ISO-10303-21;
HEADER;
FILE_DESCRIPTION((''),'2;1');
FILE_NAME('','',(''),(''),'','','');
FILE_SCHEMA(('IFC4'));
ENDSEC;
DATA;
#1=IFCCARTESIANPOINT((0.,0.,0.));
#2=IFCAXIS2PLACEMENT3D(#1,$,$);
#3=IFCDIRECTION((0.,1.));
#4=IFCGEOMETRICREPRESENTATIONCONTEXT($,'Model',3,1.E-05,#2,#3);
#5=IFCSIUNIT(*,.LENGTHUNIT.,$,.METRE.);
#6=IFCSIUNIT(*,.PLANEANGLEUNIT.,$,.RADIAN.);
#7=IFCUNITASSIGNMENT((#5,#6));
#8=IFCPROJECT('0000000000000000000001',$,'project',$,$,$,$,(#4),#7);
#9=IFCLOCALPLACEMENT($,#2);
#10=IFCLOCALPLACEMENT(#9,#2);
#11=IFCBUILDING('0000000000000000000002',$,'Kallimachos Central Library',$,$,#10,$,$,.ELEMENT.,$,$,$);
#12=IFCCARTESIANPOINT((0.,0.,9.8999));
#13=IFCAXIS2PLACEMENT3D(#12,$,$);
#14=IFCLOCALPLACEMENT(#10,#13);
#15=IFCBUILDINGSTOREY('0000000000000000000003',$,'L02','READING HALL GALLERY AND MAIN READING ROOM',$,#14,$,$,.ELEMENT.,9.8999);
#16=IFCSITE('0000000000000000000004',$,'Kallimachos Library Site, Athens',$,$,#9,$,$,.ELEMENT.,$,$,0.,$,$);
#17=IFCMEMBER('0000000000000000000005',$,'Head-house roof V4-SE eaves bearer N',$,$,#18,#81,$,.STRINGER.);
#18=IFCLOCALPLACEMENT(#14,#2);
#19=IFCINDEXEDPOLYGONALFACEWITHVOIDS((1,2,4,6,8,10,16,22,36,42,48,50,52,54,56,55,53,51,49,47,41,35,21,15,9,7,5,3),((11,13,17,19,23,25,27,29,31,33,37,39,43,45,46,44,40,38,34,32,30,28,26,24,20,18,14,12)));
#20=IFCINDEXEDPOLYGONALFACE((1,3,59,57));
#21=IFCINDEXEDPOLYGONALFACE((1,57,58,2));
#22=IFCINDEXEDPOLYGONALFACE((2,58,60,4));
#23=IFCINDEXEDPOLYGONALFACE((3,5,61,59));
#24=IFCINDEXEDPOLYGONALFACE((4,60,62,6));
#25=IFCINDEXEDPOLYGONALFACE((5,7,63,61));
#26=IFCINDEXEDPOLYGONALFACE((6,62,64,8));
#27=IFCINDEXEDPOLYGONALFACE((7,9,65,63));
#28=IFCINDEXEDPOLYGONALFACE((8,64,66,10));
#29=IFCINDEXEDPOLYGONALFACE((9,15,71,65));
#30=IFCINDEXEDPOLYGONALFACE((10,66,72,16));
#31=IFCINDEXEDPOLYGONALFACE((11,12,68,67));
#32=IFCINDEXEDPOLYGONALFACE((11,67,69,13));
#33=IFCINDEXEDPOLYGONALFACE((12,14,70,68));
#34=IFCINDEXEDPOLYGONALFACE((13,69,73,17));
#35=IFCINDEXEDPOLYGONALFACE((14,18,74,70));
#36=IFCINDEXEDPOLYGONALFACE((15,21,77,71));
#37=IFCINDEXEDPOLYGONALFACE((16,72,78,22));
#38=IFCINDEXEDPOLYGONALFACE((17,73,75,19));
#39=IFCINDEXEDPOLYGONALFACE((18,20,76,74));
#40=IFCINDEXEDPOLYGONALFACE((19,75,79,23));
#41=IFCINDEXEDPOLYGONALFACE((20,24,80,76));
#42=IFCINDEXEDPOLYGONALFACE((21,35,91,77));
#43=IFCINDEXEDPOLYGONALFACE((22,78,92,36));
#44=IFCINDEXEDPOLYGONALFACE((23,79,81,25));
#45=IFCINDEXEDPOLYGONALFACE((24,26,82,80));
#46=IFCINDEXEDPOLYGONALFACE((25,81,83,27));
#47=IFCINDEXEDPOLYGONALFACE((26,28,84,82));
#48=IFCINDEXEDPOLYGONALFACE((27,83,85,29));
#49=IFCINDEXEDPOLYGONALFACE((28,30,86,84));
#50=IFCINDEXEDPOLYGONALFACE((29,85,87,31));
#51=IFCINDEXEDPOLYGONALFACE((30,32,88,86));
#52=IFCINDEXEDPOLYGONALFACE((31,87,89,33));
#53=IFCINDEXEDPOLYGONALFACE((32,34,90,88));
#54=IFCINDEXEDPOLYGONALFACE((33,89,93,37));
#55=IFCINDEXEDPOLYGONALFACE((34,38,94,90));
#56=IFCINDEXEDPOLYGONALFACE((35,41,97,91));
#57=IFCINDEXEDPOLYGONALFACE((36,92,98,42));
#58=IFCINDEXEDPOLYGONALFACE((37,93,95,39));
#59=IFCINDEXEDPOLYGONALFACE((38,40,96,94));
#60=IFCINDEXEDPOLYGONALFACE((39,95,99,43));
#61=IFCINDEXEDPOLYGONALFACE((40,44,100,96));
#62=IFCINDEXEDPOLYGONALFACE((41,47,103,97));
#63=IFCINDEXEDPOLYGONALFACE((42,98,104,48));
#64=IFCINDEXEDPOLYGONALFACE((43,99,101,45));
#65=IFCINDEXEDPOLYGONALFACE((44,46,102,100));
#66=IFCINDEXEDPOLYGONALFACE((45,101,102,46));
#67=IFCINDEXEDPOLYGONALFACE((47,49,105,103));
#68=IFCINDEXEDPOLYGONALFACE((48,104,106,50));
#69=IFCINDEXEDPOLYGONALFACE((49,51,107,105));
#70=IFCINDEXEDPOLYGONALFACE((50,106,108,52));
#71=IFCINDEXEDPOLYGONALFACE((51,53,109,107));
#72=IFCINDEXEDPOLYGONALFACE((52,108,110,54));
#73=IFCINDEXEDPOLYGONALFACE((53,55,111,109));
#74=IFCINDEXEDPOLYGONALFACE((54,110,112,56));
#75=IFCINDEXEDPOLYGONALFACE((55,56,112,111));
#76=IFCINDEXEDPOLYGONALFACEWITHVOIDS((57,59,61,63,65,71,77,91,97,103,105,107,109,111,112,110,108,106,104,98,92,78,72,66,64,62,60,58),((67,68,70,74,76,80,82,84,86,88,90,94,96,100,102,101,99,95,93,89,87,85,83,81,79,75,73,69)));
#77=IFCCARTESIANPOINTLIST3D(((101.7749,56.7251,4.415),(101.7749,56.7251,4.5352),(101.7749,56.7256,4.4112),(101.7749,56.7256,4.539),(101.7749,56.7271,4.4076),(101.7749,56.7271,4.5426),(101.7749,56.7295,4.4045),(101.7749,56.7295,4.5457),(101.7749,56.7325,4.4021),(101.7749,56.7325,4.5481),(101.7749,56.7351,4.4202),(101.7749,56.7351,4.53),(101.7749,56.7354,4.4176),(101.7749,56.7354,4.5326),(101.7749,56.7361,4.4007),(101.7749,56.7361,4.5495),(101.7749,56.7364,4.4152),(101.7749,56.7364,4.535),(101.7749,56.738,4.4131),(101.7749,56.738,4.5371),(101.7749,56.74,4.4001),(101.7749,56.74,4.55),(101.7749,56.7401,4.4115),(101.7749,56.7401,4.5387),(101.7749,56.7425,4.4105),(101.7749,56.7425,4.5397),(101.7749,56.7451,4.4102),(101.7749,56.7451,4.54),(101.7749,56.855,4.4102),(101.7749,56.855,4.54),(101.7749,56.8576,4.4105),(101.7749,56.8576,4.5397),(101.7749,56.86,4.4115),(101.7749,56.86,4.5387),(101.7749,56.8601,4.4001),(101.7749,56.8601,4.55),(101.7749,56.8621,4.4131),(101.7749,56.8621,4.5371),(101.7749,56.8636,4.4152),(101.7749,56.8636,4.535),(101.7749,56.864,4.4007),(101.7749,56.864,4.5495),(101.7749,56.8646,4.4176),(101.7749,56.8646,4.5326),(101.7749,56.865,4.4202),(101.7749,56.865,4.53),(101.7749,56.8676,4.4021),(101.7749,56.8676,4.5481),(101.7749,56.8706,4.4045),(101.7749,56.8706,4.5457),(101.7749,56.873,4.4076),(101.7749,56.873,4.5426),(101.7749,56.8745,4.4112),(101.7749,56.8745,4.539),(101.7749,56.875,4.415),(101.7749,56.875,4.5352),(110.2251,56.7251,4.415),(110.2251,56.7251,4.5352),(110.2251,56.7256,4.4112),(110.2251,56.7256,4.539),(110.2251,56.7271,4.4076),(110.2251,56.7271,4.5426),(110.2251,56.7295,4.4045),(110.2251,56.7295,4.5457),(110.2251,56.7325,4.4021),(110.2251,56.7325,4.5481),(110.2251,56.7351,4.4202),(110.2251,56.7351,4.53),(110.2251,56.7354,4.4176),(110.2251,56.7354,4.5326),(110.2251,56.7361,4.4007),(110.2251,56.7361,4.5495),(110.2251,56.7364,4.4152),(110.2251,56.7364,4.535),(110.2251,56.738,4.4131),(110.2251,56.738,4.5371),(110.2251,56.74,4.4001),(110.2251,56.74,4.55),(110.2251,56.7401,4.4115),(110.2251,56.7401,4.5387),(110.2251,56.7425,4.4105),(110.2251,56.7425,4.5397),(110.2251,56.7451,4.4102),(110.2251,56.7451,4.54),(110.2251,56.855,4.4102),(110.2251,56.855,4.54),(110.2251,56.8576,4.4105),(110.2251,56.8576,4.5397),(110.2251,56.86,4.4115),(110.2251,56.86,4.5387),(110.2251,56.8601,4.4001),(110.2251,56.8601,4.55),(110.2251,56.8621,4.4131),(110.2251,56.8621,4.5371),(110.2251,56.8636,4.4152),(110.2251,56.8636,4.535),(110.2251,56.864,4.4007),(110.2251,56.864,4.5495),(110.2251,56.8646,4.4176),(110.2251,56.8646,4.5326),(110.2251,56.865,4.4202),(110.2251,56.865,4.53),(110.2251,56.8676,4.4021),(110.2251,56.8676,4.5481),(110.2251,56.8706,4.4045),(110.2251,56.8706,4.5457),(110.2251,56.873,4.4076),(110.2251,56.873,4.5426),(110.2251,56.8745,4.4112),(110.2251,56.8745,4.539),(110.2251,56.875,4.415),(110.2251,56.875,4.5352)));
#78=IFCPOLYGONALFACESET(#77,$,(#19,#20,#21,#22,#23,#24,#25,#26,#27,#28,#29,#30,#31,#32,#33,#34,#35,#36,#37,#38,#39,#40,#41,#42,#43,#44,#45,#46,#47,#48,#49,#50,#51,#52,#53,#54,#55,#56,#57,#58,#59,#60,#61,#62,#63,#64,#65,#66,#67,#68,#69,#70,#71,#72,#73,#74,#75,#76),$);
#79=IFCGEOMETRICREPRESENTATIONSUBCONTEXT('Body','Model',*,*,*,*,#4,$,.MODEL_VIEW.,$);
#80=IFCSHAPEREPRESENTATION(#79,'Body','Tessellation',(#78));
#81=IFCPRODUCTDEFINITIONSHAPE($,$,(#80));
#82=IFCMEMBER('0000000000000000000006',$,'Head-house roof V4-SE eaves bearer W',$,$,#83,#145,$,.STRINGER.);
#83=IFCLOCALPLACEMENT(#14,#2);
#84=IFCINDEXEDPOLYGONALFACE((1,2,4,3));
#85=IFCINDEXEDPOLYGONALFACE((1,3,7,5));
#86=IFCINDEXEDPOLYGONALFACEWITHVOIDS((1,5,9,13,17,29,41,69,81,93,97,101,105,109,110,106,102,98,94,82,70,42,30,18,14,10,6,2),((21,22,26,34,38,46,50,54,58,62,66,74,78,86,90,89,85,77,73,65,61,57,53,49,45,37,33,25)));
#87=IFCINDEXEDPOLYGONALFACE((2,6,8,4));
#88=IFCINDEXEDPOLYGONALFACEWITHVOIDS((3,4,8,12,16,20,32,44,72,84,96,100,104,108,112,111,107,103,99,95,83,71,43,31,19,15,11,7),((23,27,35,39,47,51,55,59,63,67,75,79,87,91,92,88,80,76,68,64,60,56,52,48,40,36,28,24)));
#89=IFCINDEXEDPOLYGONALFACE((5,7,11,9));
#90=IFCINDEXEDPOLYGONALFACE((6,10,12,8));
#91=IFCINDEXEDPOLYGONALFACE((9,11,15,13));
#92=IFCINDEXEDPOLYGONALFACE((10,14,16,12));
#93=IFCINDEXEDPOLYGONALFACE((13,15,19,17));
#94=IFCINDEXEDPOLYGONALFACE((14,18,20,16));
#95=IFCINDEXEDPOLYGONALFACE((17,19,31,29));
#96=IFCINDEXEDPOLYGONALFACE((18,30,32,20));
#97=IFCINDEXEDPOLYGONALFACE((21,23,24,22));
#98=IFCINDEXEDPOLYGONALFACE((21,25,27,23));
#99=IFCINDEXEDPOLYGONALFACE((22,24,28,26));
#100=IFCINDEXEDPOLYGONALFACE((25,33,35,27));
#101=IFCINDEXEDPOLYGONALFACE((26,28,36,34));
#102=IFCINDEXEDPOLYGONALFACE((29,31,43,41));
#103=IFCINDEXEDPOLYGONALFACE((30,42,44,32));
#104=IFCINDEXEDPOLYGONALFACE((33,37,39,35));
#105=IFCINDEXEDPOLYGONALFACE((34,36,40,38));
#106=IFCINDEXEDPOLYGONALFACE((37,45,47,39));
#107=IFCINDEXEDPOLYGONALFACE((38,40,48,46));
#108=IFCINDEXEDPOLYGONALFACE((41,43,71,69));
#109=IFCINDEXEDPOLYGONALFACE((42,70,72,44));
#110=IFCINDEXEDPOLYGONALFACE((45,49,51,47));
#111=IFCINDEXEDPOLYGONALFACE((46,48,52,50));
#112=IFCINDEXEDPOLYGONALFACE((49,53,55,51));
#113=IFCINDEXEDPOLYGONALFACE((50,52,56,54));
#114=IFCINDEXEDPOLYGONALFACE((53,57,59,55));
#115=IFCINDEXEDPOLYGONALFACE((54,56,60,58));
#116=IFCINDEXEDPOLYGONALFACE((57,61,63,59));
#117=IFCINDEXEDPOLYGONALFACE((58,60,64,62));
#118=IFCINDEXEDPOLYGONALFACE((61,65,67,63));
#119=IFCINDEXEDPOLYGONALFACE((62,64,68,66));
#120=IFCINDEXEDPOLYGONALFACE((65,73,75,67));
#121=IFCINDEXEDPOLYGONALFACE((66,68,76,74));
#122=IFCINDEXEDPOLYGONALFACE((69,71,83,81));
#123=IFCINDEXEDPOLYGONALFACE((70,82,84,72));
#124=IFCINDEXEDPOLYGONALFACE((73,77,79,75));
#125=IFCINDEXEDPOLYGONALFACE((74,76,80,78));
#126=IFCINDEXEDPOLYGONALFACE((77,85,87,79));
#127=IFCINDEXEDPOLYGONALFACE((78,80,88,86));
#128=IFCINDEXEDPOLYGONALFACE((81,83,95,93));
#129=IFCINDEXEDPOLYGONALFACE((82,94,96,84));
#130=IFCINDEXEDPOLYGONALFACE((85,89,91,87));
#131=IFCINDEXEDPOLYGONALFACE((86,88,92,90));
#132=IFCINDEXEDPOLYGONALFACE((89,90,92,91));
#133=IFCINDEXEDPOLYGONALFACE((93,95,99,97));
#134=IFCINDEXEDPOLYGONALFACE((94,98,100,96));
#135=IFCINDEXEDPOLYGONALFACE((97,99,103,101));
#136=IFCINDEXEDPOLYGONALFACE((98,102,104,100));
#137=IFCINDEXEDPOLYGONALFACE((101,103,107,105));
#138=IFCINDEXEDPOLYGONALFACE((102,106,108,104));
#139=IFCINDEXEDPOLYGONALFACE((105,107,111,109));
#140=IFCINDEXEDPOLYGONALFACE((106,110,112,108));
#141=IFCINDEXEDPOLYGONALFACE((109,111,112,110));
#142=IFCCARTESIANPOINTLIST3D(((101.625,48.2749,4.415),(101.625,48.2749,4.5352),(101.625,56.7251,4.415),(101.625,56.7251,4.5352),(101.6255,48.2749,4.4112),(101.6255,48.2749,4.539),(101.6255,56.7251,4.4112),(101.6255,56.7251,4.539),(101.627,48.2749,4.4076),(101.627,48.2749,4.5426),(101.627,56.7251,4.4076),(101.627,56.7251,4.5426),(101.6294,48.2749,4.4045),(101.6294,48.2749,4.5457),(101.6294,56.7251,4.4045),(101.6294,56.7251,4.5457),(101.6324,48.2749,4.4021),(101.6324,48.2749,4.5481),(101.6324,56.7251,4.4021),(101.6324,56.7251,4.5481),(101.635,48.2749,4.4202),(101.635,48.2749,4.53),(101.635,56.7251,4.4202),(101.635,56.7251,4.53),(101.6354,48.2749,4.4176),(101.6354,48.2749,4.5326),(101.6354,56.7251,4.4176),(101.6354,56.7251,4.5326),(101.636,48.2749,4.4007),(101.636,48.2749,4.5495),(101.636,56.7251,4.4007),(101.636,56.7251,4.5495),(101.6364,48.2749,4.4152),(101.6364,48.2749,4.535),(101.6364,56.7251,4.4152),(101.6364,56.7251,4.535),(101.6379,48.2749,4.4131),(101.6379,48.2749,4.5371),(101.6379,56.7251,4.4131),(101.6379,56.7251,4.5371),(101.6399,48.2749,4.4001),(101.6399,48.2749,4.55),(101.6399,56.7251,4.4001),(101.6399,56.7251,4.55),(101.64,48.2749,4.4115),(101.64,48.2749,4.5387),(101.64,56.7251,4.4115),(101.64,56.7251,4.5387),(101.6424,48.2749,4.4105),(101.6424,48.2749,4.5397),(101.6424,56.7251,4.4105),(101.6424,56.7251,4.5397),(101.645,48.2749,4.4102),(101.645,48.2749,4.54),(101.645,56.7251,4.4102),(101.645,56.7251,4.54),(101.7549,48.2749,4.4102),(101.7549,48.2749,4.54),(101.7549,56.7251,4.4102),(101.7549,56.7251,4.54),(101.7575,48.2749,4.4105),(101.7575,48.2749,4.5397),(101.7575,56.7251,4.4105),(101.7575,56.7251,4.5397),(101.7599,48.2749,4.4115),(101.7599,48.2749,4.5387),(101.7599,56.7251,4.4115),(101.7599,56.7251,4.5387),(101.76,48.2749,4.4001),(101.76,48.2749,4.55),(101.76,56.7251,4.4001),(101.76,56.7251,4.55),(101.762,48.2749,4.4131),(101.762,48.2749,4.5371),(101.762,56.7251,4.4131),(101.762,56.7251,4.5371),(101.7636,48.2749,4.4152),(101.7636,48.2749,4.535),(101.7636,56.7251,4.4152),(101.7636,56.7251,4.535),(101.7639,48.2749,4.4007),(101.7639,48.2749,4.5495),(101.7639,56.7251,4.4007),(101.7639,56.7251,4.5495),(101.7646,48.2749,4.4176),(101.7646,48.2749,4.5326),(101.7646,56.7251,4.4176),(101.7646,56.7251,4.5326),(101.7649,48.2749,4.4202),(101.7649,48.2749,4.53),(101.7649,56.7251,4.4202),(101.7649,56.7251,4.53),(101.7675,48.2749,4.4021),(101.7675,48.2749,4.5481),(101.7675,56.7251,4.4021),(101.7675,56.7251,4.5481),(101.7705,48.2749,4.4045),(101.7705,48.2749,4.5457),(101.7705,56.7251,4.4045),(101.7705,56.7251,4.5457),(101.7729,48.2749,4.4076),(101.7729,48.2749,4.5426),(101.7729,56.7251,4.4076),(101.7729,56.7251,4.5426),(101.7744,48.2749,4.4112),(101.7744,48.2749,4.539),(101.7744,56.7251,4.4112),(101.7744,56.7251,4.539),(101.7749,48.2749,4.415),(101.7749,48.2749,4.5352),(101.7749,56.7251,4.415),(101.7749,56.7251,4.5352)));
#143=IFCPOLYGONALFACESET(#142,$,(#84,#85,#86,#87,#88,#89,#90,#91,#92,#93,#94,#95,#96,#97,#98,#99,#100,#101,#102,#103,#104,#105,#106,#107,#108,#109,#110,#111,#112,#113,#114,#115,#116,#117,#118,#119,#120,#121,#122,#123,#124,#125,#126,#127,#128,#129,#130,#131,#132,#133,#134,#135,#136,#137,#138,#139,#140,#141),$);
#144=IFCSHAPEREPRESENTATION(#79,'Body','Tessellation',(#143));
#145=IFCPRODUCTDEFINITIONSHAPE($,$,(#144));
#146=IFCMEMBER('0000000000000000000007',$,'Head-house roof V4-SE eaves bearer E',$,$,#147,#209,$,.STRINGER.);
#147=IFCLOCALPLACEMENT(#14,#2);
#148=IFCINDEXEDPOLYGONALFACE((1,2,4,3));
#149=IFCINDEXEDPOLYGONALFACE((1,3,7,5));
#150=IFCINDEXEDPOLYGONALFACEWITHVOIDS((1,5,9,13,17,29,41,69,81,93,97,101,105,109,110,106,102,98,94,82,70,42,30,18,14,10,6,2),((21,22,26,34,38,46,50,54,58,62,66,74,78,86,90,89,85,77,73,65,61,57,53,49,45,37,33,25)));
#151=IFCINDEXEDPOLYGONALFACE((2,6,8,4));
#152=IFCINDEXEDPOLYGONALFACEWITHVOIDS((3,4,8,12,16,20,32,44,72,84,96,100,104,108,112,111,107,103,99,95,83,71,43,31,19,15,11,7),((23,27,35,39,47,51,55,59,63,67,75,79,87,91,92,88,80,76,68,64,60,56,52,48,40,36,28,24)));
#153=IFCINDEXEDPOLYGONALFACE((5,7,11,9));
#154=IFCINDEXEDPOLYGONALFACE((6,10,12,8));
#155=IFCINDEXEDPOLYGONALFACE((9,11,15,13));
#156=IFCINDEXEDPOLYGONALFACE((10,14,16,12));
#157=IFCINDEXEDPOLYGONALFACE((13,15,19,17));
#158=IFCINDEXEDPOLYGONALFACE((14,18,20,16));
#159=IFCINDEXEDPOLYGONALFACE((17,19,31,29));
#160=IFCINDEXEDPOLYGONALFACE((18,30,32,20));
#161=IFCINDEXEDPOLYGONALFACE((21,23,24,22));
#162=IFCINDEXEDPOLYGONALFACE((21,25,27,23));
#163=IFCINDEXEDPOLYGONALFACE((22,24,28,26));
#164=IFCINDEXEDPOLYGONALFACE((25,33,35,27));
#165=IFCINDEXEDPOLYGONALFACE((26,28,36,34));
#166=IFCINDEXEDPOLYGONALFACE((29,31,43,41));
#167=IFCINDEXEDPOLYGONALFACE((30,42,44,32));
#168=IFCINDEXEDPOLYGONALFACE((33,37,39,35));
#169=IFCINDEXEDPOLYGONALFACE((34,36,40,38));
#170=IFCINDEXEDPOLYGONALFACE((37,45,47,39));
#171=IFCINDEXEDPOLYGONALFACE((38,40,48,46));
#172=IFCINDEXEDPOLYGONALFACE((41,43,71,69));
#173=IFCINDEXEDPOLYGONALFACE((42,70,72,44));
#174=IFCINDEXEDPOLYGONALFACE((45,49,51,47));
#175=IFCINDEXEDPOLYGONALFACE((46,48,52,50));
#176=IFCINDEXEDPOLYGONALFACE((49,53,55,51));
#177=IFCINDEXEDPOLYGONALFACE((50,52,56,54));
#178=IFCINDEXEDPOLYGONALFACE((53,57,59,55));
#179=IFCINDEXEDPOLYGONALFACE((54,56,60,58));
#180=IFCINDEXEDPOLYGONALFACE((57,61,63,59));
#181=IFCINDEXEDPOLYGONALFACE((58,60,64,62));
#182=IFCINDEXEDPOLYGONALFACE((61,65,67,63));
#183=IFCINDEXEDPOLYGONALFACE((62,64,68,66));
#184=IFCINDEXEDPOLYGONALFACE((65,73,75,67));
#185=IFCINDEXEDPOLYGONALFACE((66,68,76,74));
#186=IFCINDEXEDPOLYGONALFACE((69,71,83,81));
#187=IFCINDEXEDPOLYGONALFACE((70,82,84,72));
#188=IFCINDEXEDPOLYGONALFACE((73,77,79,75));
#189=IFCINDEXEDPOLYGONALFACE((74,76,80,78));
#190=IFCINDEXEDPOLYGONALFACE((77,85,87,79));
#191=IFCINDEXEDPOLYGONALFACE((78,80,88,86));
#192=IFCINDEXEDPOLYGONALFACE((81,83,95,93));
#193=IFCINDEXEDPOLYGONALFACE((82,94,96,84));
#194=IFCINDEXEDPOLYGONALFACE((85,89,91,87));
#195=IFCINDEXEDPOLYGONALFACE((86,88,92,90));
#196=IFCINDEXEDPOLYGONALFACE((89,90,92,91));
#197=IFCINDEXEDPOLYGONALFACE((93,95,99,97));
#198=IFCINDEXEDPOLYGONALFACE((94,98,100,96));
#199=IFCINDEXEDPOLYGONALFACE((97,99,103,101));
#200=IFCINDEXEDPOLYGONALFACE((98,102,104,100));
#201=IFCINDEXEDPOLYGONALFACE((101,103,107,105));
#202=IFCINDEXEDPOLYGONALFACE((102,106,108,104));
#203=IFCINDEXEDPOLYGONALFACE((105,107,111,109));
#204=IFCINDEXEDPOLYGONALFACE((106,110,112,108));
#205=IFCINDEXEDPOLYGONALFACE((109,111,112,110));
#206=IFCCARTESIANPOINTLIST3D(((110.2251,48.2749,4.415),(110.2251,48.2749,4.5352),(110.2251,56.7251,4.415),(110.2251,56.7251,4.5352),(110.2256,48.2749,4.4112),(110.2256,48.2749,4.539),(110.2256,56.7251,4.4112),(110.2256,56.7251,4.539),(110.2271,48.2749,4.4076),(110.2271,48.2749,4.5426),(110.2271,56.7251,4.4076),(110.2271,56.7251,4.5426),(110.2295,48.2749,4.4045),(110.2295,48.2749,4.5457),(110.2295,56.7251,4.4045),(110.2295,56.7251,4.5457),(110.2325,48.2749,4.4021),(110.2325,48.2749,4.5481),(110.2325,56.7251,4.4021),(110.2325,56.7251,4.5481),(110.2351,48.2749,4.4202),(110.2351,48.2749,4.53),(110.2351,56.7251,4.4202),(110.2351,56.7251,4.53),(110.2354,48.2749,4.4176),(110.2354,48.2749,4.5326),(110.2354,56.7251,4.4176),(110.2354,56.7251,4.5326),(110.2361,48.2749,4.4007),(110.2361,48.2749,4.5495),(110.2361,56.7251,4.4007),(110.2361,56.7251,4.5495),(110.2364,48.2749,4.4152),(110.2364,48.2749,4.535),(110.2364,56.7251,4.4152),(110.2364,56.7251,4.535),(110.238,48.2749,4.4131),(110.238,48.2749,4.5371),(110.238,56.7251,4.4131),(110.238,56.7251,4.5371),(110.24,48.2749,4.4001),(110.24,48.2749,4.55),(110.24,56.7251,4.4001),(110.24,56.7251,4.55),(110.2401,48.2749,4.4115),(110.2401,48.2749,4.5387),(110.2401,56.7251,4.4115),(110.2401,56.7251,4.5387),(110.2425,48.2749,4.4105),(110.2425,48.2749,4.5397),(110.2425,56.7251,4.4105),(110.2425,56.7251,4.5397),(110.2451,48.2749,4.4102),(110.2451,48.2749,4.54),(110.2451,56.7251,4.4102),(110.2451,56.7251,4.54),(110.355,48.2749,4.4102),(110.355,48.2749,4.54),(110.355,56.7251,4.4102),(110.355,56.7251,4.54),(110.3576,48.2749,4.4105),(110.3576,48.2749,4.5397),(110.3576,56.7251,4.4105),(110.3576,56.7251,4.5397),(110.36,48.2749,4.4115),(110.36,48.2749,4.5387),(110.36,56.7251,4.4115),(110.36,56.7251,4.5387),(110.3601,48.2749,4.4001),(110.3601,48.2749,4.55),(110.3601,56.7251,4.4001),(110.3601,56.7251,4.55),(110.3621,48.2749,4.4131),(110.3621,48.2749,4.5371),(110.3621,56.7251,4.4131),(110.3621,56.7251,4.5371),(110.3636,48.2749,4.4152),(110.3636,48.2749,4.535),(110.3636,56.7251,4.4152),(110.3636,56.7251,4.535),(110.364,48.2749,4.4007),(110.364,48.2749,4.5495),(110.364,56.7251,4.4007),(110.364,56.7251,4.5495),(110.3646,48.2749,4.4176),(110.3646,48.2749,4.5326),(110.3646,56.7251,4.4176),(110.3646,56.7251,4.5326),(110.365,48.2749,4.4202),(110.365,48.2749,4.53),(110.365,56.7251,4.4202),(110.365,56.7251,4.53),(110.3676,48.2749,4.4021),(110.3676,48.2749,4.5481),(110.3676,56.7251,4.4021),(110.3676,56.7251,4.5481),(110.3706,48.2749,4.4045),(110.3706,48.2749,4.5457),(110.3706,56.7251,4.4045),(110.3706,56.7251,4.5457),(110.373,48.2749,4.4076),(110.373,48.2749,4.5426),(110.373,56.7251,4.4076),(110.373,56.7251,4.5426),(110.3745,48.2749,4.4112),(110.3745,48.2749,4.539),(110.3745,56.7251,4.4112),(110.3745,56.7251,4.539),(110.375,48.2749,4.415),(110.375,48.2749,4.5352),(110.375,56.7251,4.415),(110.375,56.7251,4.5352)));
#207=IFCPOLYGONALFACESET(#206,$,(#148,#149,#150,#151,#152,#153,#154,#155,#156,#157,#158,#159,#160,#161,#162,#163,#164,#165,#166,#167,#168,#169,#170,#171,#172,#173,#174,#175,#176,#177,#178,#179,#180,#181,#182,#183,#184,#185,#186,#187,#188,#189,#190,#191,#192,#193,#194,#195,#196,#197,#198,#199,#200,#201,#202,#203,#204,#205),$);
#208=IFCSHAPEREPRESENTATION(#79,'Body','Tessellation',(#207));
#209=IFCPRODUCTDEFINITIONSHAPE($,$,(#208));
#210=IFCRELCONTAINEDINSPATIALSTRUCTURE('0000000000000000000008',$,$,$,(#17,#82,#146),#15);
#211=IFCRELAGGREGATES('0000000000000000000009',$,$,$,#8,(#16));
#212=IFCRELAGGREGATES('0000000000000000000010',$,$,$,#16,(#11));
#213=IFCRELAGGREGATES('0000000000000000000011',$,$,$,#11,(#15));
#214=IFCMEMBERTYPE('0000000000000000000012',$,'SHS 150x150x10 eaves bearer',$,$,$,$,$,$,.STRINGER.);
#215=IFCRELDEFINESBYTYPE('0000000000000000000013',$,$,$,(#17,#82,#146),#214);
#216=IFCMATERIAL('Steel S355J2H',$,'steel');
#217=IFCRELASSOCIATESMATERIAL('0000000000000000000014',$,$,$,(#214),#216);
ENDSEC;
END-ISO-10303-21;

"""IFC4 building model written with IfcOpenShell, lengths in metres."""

from ifc_helpers import new_model, si_unit, direction, frame, origin, origin_2d, place, context, subcontext, project, spatial, hollow_rectangle, extrude, material, material_profile, profile_set, type_object, element, save


model = new_model("IFC4")

# Units and contexts
model_context = context("Model", 3, precision=1e-05, world=origin(), true_north=direction((0.0, 1.0)))
body_context = subcontext(model_context, "Body", "Model", "MODEL_VIEW")
ifc_project = project(units=[si_unit("LENGTHUNIT", "METRE"), si_unit("PLANEANGLEUNIT", "RADIAN")], contexts=[model_context])

# Site, building, storey
site_placement = place(None, origin())
site = spatial("IfcSite", under=ifc_project, at=site_placement, Name="Kallimachos Library Site, Athens", CompositionType="ELEMENT", RefElevation=0.0)
building_placement = place(site_placement, origin())
building = spatial("IfcBuilding", under=site, at=building_placement, Name="Kallimachos Central Library", CompositionType="ELEMENT")
storey_placement = place(building_placement, frame((0.0, 0.0, 9.8999)))
storey = spatial("IfcBuildingStorey", under=building, at=storey_placement, Name="L02", Description="READING HALL GALLERY AND MAIN READING ROOM", CompositionType="ELEMENT", Elevation=9.8999)

# Members
ifc_material_1 = material(Name="Steel S355J2H", Category="steel")
ifc_material_profile_1 = material_profile(ifc_material_1, hollow_rectangle(XDim=0.1499, YDim=0.1499, WallThickness=0.01, InnerFilletRadius=0.01, OuterFilletRadius=0.0149, at=origin_2d()), Name="SHS 150x150x10")
ifc_profile_set_1 = profile_set([ifc_material_profile_1], Name="Steel S355J2H")
member_type_1 = type_object("IfcMemberType", Name="SHS 150x150x10 eaves bearer", PredefinedType="STRINGER", material=ifc_profile_set_1)
for number, where, z_axis, x_axis, name in (
    (1, (101.7749, 56.8, 4.4751), (1.0, 0.0, 0.0), (0.0, 1.0, 0.0), "Head-house roof V4-SE eaves bearer N"),
    (2, (101.7, 48.2749, 4.4751), (0.0, 1.0, 0.0), (-1.0, 0.0, 0.0), "Head-house roof V4-SE eaves bearer W"),
    (3, (110.3, 48.2749, 4.4751), (0.0, 1.0, 0.0), (-1.0, 0.0, 0.0), "Head-house roof V4-SE eaves bearer E"),
):
    element("IfcMember", number, at=place(storey_placement, frame(where, z_axis=z_axis, x_axis=x_axis)), inside=storey, type_object=member_type_1, Name=name, PredefinedType="STRINGER", context=body_context, shape_type="SweptSolid", body=[
        extrude(hollow_rectangle(XDim=0.1499, YDim=0.1499, WallThickness=0.01, InnerFilletRadius=0.01, OuterFilletRadius=0.0149, at=origin_2d()), origin(), (0.0, 0.0, 1.0), 8.4502),
    ])

save(model, "model.ifc")
